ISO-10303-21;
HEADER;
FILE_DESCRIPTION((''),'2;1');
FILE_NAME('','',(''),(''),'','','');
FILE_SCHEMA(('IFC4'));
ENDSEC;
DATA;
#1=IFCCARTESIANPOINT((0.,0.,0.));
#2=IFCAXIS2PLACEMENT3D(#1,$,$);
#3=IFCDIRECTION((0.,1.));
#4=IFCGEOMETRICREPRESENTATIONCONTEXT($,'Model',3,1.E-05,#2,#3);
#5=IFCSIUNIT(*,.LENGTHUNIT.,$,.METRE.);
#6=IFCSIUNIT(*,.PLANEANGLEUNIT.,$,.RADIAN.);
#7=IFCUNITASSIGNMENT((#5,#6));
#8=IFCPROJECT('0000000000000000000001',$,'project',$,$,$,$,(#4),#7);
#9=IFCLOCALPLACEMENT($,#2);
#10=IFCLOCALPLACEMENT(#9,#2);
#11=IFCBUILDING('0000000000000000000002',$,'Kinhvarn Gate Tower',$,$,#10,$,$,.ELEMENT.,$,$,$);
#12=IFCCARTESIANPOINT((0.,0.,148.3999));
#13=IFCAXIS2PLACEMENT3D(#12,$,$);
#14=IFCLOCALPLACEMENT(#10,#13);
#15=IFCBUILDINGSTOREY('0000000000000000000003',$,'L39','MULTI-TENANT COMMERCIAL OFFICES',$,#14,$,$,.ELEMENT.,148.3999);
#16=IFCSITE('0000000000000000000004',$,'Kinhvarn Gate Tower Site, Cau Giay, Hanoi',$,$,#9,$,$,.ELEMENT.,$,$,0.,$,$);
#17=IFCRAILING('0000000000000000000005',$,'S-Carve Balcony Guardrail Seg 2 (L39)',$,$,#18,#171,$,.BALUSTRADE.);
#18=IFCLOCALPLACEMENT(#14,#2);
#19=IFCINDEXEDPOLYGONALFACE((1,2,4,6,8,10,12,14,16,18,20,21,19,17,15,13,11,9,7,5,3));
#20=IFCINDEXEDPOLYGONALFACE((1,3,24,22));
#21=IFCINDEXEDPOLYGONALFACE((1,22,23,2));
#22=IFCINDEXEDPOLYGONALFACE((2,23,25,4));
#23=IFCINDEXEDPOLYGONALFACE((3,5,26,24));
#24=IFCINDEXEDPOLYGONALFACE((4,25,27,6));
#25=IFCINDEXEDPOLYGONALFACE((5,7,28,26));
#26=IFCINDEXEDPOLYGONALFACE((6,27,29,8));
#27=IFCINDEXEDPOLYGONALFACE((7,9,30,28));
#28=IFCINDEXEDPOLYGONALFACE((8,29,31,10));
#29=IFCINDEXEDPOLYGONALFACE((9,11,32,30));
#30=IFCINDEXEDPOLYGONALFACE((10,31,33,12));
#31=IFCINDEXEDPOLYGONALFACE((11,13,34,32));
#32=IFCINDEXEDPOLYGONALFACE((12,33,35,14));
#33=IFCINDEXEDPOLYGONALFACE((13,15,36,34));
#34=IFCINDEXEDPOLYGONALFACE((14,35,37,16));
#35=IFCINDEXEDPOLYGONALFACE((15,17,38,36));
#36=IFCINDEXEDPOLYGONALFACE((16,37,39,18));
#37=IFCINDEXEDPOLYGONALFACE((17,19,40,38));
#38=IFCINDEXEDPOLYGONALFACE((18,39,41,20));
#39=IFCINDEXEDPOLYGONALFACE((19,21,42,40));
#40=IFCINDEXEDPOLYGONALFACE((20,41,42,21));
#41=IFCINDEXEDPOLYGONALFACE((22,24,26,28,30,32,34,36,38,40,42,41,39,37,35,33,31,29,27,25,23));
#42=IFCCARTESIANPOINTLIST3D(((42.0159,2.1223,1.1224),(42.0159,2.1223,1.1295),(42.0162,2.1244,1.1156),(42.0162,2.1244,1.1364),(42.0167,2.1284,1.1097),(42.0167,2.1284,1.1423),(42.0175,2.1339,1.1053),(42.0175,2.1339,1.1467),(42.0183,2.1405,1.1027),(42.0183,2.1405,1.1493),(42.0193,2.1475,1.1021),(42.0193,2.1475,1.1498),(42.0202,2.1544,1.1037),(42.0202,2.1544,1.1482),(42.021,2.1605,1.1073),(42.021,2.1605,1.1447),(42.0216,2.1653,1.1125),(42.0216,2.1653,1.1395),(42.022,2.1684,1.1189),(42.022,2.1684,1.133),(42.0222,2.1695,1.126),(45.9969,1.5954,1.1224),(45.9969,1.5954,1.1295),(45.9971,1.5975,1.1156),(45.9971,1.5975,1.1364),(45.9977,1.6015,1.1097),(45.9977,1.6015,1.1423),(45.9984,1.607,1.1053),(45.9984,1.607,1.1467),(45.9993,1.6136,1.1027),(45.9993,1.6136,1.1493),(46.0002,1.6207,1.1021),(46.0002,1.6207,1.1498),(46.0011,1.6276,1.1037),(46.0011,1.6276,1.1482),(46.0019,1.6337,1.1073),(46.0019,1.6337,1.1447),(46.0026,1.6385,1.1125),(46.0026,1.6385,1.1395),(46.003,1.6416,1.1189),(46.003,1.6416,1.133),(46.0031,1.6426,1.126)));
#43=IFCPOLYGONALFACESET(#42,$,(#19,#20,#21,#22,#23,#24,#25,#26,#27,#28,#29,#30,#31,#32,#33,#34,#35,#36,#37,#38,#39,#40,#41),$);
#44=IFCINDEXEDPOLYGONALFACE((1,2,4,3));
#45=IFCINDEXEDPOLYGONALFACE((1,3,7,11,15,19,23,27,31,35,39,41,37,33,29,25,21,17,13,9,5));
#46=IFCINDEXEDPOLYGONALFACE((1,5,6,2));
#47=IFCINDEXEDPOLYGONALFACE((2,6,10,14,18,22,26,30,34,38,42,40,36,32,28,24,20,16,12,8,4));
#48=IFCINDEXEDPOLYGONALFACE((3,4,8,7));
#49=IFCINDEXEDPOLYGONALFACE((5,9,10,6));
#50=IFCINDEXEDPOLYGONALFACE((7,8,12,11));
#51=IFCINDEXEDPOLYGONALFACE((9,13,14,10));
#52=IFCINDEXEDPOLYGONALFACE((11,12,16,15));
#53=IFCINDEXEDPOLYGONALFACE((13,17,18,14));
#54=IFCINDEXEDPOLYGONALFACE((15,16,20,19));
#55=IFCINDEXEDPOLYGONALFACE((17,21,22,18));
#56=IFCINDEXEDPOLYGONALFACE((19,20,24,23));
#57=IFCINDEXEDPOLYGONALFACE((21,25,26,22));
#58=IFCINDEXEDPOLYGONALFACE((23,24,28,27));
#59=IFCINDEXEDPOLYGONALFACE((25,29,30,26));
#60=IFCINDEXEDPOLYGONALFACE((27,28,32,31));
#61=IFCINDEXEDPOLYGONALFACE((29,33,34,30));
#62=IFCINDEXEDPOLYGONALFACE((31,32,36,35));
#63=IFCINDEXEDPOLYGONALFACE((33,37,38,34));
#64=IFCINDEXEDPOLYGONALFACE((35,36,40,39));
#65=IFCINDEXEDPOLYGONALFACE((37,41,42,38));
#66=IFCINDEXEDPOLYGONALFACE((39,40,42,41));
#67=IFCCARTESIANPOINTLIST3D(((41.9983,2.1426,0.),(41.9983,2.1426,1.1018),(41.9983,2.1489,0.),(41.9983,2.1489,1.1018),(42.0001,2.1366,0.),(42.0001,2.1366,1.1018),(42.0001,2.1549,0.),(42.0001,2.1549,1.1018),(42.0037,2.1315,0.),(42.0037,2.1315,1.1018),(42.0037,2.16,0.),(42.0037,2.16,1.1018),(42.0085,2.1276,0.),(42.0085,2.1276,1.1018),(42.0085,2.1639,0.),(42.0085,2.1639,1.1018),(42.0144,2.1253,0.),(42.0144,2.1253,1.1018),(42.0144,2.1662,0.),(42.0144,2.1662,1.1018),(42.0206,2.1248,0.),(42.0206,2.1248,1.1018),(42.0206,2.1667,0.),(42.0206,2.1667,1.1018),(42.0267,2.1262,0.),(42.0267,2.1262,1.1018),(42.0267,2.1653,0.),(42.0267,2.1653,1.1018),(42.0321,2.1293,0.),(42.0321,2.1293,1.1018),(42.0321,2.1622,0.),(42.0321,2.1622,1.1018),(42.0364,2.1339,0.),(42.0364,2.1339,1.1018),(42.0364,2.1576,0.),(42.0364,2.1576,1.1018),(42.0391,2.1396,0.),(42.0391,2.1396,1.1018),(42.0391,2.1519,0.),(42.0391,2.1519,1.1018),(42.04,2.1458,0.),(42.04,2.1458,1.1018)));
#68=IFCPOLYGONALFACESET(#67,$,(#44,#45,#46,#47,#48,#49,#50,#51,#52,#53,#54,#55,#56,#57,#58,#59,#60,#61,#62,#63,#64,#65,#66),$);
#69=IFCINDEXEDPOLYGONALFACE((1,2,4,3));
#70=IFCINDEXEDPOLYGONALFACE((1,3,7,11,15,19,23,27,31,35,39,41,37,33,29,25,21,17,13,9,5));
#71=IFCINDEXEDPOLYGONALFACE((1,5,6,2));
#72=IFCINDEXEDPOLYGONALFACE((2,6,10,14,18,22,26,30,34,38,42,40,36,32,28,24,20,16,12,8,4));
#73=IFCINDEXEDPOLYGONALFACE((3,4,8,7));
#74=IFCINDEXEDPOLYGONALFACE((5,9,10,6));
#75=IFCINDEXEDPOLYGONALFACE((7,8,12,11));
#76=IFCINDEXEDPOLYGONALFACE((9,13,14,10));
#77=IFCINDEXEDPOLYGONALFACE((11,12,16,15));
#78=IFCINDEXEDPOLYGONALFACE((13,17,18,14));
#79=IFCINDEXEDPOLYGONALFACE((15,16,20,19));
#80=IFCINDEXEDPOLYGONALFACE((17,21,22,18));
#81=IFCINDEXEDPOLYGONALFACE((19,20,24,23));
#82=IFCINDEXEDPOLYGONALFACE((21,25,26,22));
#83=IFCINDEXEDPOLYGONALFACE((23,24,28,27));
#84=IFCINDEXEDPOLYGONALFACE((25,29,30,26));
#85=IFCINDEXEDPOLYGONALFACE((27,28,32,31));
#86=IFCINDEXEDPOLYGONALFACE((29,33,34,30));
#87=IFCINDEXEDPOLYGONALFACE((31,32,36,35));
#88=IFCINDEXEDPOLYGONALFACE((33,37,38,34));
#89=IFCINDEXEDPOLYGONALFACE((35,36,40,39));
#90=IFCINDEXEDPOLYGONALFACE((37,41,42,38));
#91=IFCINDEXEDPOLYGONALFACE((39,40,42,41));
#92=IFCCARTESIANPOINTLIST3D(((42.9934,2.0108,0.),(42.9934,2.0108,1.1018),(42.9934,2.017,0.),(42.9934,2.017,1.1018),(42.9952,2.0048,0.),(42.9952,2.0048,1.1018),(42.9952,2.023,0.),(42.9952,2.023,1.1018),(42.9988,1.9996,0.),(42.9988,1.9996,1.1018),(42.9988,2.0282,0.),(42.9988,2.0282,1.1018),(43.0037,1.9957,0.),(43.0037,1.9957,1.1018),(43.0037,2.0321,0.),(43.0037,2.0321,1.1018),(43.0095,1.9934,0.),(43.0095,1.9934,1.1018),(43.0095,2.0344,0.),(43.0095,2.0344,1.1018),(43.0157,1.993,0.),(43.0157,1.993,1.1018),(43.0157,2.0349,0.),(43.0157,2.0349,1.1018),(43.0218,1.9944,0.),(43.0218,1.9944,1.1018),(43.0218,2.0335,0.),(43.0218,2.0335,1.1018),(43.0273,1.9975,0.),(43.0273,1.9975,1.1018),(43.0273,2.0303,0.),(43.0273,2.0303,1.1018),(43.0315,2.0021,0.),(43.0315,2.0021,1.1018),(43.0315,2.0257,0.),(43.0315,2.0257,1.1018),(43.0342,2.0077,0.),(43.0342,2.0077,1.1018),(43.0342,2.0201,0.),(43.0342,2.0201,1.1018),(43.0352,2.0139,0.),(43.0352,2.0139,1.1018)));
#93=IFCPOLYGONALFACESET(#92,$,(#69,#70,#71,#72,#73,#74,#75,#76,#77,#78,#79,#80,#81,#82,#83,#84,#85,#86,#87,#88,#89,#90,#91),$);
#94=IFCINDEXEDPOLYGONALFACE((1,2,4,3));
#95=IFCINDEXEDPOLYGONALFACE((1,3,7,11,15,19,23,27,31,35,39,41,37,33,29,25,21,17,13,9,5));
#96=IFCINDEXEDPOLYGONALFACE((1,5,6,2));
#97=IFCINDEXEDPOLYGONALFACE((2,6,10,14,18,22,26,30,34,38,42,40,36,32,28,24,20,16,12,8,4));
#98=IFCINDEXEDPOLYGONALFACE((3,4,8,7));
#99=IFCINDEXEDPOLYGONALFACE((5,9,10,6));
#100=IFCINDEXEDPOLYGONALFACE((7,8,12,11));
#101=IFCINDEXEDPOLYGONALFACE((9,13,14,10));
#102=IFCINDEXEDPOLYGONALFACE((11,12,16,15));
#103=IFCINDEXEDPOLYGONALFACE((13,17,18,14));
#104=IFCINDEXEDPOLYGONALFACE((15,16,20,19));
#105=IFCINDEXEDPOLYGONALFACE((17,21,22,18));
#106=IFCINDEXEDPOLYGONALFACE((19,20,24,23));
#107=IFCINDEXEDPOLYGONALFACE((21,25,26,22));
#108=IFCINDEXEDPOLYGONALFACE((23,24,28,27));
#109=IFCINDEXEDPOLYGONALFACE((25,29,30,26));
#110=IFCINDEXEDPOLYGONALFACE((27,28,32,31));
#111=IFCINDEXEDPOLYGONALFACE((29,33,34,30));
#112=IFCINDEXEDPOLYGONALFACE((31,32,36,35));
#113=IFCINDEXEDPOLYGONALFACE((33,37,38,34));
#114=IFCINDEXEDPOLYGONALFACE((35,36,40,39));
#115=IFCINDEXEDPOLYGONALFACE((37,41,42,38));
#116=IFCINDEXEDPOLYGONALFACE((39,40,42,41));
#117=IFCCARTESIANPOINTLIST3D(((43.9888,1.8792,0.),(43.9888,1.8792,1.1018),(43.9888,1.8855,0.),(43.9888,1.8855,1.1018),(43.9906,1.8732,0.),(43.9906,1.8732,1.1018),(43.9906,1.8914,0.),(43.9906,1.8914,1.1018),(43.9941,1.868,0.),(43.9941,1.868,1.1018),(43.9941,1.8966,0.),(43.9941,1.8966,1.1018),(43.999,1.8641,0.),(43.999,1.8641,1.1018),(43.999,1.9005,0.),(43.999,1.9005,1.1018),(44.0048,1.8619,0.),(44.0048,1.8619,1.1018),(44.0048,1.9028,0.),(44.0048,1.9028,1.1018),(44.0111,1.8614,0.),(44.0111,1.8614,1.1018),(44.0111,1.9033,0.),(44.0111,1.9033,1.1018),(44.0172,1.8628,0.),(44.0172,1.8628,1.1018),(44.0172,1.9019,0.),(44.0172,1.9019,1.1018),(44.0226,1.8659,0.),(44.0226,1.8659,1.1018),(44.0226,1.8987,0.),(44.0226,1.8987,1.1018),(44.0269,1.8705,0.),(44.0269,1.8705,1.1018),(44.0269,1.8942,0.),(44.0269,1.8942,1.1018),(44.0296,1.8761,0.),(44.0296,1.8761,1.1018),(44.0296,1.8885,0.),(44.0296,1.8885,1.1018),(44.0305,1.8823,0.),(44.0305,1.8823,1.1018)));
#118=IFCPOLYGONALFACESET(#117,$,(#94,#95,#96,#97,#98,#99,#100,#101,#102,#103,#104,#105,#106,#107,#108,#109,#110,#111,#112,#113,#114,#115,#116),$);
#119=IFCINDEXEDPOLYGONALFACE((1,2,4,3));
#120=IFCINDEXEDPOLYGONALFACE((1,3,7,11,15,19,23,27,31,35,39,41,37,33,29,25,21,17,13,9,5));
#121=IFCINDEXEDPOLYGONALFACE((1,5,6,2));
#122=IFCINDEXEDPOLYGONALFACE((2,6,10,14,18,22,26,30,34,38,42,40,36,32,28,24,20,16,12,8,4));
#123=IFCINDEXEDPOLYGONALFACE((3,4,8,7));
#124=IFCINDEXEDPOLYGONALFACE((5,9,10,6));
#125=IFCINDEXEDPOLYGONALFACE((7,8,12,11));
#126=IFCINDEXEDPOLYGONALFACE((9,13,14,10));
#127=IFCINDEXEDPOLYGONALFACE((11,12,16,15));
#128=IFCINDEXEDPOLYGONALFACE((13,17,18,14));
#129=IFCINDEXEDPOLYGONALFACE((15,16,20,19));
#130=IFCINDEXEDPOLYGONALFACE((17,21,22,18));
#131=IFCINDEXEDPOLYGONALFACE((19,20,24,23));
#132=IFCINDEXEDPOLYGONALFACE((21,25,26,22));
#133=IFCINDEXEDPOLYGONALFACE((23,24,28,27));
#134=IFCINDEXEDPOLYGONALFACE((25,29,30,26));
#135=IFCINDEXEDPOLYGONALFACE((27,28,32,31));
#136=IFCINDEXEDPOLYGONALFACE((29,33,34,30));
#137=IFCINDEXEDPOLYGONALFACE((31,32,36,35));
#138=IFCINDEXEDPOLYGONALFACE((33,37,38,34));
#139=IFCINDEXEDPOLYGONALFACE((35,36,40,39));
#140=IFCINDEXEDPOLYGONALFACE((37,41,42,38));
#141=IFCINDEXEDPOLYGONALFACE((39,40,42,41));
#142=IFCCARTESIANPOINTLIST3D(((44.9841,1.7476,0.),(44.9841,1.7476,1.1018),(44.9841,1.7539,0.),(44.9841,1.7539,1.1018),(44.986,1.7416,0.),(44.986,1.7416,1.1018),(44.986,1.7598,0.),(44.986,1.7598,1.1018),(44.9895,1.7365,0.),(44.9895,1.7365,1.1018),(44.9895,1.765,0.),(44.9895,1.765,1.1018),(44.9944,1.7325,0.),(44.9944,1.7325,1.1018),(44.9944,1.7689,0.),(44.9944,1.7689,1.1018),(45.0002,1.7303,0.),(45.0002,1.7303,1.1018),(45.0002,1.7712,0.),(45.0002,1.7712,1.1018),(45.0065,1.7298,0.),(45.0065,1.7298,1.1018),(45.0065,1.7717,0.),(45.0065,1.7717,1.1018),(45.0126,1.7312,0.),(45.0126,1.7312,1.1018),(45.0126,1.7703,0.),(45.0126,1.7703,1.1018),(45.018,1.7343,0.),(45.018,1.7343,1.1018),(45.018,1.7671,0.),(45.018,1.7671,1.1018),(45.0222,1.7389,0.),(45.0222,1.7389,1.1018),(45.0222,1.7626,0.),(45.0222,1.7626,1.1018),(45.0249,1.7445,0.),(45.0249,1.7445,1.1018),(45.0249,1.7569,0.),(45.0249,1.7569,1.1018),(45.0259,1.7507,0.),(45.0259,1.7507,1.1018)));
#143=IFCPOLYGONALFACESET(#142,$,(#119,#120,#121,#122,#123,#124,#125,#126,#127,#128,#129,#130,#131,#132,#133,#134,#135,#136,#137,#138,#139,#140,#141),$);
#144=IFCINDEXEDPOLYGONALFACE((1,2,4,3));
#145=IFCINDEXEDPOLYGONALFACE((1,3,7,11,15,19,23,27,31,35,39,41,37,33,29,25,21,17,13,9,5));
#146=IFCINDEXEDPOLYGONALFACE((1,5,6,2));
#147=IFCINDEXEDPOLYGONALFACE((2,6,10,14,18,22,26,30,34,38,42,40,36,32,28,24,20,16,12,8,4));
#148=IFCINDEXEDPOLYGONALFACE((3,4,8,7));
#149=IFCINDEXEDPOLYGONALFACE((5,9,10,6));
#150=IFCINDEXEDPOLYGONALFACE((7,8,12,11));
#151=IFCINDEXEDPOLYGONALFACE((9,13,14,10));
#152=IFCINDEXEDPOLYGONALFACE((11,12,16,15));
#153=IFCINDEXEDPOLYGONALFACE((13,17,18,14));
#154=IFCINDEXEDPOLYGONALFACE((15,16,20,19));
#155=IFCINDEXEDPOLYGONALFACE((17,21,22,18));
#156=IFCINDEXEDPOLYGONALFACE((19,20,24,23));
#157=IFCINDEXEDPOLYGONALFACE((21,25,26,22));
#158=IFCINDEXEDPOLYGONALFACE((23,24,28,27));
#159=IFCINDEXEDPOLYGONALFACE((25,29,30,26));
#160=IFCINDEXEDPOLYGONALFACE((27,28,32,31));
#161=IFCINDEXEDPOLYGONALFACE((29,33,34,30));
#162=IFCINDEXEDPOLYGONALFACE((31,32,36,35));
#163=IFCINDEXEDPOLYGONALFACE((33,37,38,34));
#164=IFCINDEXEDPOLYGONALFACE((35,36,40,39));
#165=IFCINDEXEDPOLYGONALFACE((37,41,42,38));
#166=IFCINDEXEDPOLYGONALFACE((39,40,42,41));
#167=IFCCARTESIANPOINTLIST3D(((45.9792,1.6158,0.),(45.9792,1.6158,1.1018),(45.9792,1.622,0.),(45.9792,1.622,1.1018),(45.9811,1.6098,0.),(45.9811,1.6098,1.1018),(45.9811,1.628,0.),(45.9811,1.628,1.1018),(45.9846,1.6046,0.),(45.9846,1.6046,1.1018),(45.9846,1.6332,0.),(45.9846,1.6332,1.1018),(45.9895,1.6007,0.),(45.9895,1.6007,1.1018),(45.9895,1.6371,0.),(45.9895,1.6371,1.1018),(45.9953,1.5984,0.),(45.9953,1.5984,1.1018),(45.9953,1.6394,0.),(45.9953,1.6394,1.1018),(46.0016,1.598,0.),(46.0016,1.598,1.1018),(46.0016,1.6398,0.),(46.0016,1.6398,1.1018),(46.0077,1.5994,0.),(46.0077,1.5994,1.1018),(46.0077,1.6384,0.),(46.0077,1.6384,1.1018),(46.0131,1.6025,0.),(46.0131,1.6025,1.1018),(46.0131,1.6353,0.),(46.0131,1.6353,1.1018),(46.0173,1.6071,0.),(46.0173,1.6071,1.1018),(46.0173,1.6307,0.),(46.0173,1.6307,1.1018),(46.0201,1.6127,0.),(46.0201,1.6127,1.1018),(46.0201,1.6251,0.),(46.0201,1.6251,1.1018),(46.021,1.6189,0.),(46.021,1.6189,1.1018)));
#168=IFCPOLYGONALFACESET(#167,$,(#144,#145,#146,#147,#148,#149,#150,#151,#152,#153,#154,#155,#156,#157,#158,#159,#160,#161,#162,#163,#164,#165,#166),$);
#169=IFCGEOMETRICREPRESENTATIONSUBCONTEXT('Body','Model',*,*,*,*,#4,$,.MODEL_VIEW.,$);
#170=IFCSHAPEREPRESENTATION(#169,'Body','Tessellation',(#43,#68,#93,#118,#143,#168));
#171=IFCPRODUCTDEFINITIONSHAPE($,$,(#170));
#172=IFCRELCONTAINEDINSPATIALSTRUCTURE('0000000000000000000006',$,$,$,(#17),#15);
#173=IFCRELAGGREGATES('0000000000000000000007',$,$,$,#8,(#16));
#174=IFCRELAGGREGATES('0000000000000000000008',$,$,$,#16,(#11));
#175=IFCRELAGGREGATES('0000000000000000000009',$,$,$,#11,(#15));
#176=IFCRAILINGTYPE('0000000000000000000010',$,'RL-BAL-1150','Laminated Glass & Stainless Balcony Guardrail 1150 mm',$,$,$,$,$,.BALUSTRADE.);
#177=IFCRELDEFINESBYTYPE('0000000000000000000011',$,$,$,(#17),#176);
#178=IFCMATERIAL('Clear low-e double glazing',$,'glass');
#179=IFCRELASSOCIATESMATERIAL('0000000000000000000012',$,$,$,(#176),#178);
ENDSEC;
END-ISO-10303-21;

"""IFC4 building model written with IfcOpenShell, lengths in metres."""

from ifc_helpers import new_model, si_unit, direction, frame, origin, origin_2d, place, context, subcontext, project, spatial, circle, extrude, material, type_object, element, save


model = new_model("IFC4")

# Units and contexts
model_context = context("Model", 3, precision=1e-05, world=origin(), true_north=direction((0.0, 1.0)))
body_context = subcontext(model_context, "Body", "Model", "MODEL_VIEW")
ifc_project = project(units=[si_unit("LENGTHUNIT", "METRE"), si_unit("PLANEANGLEUNIT", "RADIAN")], contexts=[model_context])

# Site, building, storey
site_placement = place(None, origin())
site = spatial("IfcSite", under=ifc_project, at=site_placement, Name="Kinhvarn Gate Tower Site, Cau Giay, Hanoi", CompositionType="ELEMENT", RefElevation=0.0)
building_placement = place(site_placement, origin())
building = spatial("IfcBuilding", under=site, at=building_placement, Name="Kinhvarn Gate Tower", CompositionType="ELEMENT")
storey_placement = place(building_placement, frame((0.0, 0.0, 148.3999)))
storey = spatial("IfcBuildingStorey", under=building, at=storey_placement, Name="L39", Description="MULTI-TENANT COMMERCIAL OFFICES", CompositionType="ELEMENT", Elevation=148.3999)

# Shared definitions
ifc_material_1 = material(Name="Clear low-e double glazing", Category="glass")

# Railing
railing_type = type_object("IfcRailingType", Name="RL-BAL-1150", Description="Laminated Glass & Stainless Balcony Guardrail 1150 mm", PredefinedType="BALUSTRADE", material=ifc_material_1)
railing_1_placement = place(storey_placement, frame((42.019, 2.1458, 0.0)))
element("IfcRailing", 1, at=railing_1_placement, inside=storey, type_object=railing_type, Name="S-Carve Balcony Guardrail Seg 2 (L39)", PredefinedType="BALUSTRADE", context=body_context, shape_type="SweptSolid", body=[
    extrude(circle(Radius=0.0239, at=origin_2d()), frame((0.0, 0.0, 1.126), z_axis=(0.991356, -0.1312, 0.0), x_axis=(0.1312, 0.991356, 0.0)), (0.0, 0.0, 1.0), 4.0156),
    extrude(circle(Radius=0.021, at=origin_2d()), origin(), (0.0, 0.0, 1.0), 1.1018),
    extrude(circle(Radius=0.021, at=origin_2d()), frame((0.9951, -0.1318, 0.0)), (0.0, 0.0, 1.0), 1.1018),
    extrude(circle(Radius=0.021, at=origin_2d()), frame((1.9905, -0.2634, 0.0)), (0.0, 0.0, 1.0), 1.1018),
    extrude(circle(Radius=0.021, at=origin_2d()), frame((2.9858, -0.395, 0.0)), (0.0, 0.0, 1.0), 1.1018),
    extrude(circle(Radius=0.021, at=origin_2d()), frame((3.981, -0.5269, 0.0)), (0.0, 0.0, 1.0), 1.1018),
])

save(model, "model.ifc")
